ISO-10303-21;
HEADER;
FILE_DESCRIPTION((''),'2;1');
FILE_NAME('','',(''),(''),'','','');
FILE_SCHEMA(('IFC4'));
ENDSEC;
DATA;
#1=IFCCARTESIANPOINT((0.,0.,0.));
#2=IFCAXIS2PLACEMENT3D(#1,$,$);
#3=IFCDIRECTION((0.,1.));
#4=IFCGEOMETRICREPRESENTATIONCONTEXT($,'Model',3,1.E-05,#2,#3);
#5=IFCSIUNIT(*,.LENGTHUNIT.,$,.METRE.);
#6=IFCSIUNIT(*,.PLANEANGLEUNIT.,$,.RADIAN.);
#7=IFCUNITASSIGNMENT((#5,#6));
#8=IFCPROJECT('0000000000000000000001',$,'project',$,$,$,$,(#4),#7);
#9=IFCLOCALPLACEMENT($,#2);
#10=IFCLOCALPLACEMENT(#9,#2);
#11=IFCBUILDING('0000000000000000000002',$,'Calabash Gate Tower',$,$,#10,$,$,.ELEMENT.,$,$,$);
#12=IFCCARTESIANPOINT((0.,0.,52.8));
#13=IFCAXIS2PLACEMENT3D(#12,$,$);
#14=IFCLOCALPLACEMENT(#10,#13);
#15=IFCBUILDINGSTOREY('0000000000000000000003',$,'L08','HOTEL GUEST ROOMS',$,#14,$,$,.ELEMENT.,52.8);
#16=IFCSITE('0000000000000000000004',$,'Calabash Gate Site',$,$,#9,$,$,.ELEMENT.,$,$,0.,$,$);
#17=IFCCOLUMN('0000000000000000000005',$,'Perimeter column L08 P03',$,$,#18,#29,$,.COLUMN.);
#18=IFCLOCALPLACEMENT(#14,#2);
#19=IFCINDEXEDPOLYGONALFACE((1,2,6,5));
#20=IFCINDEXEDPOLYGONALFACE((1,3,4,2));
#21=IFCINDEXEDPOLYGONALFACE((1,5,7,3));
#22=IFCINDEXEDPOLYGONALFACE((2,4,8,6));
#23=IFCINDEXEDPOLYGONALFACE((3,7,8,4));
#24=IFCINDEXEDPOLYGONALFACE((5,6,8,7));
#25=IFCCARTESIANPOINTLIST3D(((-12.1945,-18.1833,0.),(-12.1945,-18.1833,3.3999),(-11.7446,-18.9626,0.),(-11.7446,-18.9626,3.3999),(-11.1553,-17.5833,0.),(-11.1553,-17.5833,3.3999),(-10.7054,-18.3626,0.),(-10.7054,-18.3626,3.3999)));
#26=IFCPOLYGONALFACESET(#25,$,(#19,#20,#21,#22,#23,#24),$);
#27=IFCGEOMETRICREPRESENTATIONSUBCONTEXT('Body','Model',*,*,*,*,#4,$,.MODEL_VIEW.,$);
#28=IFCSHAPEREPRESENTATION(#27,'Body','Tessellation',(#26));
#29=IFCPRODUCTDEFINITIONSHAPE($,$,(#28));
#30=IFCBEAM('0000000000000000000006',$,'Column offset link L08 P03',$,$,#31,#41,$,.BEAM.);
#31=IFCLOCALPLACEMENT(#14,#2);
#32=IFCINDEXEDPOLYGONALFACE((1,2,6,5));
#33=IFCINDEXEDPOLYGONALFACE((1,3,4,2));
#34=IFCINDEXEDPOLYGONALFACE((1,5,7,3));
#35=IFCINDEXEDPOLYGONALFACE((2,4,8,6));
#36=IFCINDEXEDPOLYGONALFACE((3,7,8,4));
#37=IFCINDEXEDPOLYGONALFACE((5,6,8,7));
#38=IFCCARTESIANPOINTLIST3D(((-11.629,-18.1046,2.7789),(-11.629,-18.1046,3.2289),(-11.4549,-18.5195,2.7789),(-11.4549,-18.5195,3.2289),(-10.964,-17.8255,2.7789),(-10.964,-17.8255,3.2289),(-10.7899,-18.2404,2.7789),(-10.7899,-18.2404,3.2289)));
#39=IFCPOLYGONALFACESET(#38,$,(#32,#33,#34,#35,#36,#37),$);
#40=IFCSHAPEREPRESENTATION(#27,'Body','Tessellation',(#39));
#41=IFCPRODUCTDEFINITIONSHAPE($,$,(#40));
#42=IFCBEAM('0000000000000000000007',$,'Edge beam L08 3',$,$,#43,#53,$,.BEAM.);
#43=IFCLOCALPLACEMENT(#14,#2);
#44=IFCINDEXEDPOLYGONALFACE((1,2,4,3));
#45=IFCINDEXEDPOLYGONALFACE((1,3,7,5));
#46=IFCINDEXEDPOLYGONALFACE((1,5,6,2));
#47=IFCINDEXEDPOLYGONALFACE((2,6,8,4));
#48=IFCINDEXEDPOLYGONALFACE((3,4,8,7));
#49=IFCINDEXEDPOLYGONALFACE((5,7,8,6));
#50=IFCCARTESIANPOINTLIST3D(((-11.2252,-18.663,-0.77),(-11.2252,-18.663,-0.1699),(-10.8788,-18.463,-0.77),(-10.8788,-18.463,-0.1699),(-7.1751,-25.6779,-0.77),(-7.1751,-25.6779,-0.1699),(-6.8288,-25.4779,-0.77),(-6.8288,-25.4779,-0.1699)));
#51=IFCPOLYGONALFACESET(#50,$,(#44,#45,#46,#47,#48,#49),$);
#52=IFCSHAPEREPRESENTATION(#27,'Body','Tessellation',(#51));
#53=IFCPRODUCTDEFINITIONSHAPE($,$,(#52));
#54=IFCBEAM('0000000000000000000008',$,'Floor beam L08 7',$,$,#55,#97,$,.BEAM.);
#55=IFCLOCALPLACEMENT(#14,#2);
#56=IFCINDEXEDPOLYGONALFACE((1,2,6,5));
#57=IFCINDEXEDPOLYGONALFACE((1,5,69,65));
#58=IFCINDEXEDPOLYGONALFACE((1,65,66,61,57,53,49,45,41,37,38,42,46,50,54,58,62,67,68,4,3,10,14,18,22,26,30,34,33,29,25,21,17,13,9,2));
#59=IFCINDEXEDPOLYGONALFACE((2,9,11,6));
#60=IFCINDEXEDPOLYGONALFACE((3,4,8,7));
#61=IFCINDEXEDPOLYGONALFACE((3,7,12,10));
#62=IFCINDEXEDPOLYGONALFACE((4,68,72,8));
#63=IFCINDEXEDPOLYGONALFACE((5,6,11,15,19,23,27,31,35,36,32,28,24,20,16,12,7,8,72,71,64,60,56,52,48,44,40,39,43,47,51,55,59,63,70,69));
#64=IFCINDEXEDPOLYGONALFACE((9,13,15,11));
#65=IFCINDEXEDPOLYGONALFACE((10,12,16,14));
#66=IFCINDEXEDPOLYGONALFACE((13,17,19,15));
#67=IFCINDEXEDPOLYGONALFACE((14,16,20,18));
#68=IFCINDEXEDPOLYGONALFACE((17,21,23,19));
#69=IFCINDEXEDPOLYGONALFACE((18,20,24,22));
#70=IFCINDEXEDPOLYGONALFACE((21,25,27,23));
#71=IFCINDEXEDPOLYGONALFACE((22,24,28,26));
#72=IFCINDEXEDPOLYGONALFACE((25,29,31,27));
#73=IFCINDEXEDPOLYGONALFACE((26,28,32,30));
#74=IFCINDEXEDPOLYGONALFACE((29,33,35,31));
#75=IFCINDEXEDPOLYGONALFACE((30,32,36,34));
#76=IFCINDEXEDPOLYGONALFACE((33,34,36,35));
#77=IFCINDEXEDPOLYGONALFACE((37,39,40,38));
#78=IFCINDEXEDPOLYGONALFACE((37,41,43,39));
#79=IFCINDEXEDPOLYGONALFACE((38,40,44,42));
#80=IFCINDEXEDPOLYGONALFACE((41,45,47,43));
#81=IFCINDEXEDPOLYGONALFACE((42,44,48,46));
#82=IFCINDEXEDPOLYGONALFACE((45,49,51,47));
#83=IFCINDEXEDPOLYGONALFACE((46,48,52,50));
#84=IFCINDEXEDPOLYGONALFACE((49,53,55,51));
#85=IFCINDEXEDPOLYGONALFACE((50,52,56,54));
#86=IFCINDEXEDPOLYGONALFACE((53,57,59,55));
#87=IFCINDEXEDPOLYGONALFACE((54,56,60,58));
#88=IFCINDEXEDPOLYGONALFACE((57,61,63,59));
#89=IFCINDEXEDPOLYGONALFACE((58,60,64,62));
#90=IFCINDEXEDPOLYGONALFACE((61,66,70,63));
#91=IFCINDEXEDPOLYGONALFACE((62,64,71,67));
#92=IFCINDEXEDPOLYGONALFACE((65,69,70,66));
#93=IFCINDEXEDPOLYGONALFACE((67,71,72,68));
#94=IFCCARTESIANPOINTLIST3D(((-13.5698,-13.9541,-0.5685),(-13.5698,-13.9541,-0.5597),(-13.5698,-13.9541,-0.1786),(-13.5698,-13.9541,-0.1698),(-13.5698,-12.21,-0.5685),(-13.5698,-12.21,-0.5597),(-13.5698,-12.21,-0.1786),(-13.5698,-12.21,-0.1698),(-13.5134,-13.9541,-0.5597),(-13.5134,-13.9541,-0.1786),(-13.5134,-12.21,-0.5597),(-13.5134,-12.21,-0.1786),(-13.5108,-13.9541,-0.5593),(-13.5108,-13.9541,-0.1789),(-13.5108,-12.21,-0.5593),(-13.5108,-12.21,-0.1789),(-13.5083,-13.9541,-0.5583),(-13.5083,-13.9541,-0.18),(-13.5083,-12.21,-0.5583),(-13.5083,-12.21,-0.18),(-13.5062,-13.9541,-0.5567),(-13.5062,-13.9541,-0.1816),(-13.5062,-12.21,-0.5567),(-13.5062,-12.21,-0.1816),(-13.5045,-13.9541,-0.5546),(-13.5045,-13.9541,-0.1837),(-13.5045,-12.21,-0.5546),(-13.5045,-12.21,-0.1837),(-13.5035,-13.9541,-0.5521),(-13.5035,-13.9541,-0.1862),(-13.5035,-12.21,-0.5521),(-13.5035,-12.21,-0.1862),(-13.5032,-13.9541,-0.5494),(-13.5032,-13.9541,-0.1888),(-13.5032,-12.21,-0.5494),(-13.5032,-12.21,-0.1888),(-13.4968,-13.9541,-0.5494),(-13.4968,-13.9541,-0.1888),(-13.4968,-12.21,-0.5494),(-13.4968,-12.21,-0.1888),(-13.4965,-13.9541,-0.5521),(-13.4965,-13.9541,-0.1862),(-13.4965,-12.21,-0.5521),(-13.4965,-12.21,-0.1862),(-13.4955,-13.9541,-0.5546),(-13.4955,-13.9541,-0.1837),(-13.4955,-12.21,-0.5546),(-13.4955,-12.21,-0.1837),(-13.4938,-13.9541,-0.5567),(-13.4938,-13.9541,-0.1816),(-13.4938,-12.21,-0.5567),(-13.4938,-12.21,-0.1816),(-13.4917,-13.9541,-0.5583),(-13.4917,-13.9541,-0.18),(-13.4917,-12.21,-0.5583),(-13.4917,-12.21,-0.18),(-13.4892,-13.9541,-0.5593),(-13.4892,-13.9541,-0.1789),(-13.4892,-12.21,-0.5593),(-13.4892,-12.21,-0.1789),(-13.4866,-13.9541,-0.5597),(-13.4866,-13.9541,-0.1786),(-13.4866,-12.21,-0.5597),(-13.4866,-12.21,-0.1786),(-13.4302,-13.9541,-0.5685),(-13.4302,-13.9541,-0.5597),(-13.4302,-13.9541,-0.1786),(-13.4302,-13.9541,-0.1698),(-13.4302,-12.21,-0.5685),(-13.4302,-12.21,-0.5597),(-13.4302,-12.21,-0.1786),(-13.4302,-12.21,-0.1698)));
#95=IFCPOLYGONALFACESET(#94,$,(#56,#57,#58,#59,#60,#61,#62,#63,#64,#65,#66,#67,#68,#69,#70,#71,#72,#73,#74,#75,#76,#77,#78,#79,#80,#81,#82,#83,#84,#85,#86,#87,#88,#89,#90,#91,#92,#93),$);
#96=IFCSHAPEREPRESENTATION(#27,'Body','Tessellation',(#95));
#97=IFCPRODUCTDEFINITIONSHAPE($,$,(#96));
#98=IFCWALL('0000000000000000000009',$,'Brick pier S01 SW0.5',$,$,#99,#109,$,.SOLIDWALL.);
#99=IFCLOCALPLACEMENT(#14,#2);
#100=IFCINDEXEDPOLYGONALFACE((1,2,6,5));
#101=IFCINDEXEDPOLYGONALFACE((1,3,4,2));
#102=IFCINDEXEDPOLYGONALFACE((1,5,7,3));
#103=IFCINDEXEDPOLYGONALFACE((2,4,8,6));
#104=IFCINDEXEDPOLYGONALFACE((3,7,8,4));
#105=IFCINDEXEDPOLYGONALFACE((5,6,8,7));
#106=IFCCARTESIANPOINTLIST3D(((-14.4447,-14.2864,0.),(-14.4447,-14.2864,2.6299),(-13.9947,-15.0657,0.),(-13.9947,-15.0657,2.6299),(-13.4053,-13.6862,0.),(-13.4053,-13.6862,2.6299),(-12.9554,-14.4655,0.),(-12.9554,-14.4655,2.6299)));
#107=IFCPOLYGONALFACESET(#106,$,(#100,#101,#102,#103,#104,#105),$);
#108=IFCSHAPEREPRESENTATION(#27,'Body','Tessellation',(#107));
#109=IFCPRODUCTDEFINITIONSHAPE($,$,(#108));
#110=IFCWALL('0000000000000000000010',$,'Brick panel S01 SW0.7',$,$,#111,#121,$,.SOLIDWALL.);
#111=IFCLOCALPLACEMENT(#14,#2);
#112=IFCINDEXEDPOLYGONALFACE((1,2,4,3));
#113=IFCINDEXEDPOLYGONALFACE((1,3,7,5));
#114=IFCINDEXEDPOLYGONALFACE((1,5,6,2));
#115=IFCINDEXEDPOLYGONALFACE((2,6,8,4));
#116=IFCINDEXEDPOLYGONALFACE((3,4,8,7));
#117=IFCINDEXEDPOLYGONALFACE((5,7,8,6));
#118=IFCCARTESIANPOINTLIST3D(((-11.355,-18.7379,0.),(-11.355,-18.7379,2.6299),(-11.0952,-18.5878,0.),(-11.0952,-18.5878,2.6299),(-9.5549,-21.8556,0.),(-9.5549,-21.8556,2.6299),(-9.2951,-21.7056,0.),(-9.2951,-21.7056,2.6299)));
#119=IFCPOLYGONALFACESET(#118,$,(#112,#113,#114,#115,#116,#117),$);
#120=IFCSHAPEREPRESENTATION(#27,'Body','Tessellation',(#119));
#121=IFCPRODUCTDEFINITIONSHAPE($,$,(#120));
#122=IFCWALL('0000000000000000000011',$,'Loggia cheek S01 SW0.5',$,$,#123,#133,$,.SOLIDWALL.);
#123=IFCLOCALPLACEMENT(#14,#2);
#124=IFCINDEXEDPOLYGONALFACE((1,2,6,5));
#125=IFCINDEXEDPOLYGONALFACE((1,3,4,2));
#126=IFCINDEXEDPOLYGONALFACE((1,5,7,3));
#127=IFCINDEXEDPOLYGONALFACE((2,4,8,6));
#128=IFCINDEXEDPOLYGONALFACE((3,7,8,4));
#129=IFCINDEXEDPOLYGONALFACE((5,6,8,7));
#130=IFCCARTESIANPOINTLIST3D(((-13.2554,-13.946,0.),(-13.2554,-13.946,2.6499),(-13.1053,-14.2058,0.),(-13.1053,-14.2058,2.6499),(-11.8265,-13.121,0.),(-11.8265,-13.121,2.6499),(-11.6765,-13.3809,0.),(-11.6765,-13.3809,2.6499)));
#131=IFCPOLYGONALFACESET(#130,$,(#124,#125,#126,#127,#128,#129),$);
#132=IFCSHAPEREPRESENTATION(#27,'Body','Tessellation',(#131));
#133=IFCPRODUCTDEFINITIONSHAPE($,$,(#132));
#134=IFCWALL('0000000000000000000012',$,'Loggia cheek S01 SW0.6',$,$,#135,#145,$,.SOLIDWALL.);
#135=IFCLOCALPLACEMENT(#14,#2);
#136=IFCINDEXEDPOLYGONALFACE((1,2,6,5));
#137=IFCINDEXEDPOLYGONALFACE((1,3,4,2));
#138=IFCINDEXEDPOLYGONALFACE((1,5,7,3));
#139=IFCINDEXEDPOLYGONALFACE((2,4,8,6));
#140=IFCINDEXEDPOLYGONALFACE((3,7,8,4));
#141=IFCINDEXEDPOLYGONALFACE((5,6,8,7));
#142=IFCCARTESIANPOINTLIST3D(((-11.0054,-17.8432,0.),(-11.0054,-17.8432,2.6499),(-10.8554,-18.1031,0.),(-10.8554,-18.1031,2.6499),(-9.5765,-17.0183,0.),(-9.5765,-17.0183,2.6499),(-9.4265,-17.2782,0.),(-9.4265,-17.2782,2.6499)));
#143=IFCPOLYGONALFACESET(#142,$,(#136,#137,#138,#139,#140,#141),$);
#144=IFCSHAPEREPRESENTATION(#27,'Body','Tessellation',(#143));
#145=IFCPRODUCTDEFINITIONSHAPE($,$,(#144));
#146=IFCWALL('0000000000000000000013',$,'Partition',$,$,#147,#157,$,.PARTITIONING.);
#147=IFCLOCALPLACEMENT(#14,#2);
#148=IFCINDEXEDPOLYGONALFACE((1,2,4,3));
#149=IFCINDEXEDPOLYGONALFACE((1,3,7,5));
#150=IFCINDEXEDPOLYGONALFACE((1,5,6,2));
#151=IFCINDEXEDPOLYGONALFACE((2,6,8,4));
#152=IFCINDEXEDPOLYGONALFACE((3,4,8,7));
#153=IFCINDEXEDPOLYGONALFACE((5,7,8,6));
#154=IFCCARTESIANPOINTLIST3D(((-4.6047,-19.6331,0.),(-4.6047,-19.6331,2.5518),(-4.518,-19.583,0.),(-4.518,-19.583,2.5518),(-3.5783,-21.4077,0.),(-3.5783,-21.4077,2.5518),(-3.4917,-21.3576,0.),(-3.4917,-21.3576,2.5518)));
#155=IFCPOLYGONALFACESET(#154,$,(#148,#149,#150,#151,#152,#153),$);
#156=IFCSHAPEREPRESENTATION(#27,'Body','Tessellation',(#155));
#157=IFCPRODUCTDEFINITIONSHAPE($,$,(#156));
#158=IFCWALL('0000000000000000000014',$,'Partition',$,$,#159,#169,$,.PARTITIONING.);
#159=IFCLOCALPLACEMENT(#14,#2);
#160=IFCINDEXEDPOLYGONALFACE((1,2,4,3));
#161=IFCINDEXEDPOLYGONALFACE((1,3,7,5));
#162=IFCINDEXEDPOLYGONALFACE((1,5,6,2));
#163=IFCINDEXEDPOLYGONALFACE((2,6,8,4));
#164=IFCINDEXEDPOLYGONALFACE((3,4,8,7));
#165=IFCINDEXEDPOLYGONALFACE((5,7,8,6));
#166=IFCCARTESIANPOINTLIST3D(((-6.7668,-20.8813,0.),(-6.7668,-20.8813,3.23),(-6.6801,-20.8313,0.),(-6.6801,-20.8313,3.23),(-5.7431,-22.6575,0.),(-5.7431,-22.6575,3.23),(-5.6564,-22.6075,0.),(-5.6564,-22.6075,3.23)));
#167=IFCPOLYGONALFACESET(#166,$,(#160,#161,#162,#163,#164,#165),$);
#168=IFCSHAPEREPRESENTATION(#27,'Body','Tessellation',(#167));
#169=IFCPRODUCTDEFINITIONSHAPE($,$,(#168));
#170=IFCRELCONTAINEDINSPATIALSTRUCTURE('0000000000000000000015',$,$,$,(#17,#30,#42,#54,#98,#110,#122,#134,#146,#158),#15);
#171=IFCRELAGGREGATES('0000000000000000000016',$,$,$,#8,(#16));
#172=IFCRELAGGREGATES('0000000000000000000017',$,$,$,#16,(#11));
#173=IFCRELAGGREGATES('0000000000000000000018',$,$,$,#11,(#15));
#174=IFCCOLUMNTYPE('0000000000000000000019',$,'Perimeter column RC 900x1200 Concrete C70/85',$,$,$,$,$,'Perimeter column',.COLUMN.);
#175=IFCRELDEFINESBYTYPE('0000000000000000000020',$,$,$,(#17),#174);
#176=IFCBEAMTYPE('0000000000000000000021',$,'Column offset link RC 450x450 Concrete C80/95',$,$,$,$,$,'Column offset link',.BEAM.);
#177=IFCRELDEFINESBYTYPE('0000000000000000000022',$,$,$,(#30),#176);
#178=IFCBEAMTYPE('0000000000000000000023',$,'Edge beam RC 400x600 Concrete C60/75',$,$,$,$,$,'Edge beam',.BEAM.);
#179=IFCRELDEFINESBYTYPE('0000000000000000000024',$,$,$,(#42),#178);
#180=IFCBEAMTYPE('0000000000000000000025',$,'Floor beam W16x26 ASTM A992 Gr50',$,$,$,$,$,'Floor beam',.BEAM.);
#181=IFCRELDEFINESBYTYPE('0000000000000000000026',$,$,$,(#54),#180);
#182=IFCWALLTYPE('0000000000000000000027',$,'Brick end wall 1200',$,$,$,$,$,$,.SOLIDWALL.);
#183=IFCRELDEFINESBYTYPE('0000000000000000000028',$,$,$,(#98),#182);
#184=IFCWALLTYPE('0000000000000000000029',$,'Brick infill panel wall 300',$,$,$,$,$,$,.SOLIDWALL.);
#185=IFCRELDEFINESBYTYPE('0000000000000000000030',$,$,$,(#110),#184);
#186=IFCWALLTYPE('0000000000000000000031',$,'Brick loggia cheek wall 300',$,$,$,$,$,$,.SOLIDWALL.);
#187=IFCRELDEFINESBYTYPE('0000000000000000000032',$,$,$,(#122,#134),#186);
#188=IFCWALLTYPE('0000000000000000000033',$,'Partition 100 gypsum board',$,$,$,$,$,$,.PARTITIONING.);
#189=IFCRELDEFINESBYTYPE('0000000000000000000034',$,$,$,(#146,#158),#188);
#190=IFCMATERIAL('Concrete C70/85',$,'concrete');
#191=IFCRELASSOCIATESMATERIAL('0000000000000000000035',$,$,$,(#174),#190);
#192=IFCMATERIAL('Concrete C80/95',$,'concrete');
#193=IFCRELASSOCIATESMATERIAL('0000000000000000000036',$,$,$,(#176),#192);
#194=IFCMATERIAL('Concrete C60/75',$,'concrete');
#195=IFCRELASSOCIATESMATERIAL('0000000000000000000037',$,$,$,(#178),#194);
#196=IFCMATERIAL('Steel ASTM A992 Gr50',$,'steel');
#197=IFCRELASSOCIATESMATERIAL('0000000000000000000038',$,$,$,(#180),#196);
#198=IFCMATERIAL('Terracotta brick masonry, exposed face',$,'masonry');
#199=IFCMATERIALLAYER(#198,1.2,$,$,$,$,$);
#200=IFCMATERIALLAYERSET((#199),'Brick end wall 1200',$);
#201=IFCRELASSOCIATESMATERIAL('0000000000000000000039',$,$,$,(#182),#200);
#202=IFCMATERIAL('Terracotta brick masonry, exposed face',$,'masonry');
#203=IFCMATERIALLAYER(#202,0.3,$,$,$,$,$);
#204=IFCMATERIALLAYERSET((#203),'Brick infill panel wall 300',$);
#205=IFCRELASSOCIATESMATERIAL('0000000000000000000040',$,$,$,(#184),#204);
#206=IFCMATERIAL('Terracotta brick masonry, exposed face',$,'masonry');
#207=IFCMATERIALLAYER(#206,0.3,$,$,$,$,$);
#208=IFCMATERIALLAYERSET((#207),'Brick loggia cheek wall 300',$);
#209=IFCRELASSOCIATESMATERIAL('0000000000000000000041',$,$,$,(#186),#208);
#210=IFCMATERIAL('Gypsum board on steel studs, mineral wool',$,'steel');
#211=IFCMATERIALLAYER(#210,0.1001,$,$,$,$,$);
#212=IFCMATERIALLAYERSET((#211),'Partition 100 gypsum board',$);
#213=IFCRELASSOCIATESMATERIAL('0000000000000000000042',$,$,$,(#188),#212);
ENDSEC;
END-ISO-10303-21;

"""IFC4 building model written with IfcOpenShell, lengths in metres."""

from ifc_helpers import new_model, si_unit, direction, frame, frame_2d, origin, origin_2d, place, context, subcontext, project, spatial, rectangle, i_section, extrude, material, layer, layer_set, material_profile, profile_set, type_object, element, save


model = new_model("IFC4")

# Units and contexts
model_context = context("Model", 3, precision=1e-05, world=origin(), true_north=direction((0.0, 1.0)))
body_context = subcontext(model_context, "Body", "Model", "MODEL_VIEW")
ifc_project = project(units=[si_unit("LENGTHUNIT", "METRE"), si_unit("PLANEANGLEUNIT", "RADIAN")], contexts=[model_context])

# Site, building, storey
site_placement = place(None, origin())
site = spatial("IfcSite", under=ifc_project, at=site_placement, Name="Calabash Gate Site", CompositionType="ELEMENT", RefElevation=0.0)
building_placement = place(site_placement, origin())
building = spatial("IfcBuilding", under=site, at=building_placement, Name="Calabash Gate Tower", CompositionType="ELEMENT")
storey_placement = place(building_placement, frame((0.0, 0.0, 52.8)))
storey = spatial("IfcBuildingStorey", under=building, at=storey_placement, Name="L08", Description="HOTEL GUEST ROOMS", CompositionType="ELEMENT", Elevation=52.8)

# Column
ifc_material_1 = material(Name="Concrete C70/85", Category="concrete")
ifc_material_profile_1 = material_profile(ifc_material_1, rectangle(XDim=0.8999, YDim=1.2, at=origin_2d()))
ifc_profile_set_1 = profile_set([ifc_material_profile_1], Name="Concrete C70/85")
column_type = type_object("IfcColumnType", Name="Perimeter column RC 900x1200 Concrete C70/85", ElementType="Perimeter column", PredefinedType="COLUMN", material=ifc_profile_set_1)
column_placement = place(storey_placement, frame((-11.45, -18.2729, 0.0), z_axis=(0.0, 0.0, 1.0), x_axis=(0.5, -0.866025, 0.0)))
element("IfcColumn", 1, at=column_placement, inside=storey, type_object=column_type, Name="Perimeter column L08 P03", PredefinedType="COLUMN", context=body_context, shape_type="SweptSolid", body=[
    extrude(rectangle(XDim=0.8999, YDim=1.2, at=origin_2d()), origin(), (0.0, 0.0, 1.0), 3.3999),
])

# Beams
ifc_material_2 = material(Name="Concrete C80/95", Category="concrete")
ifc_material_profile_2 = material_profile(ifc_material_2, rectangle(XDim=0.45, YDim=0.45, at=origin_2d()))
ifc_profile_set_2 = profile_set([ifc_material_profile_2], Name="Concrete C80/95")
beam_type_1 = type_object("IfcBeamType", Name="Column offset link RC 450x450 Concrete C80/95", ElementType="Column offset link", PredefinedType="BEAM", material=ifc_profile_set_2)
beam_1_placement = place(storey_placement, frame((-11.542, -18.312, 3.0039), z_axis=(0.922113, 0.386922, 0.0), x_axis=(-0.386922, 0.922113, 0.0)))
element("IfcBeam", 2, at=beam_1_placement, inside=storey, type_object=beam_type_1, Name="Column offset link L08 P03", PredefinedType="BEAM", context=body_context, shape_type="SweptSolid", body=[
    extrude(rectangle(XDim=0.45, YDim=0.45, at=origin_2d()), origin(), (0.0, 0.0, 1.0), 0.7212),
])
ifc_material_3 = material(Name="Concrete C60/75", Category="concrete")
ifc_material_profile_3 = material_profile(ifc_material_3, rectangle(XDim=0.3999, YDim=0.6001, at=origin_2d()))
ifc_profile_set_3 = profile_set([ifc_material_profile_3], Name="Concrete C60/75")
beam_type_2 = type_object("IfcBeamType", Name="Edge beam RC 400x600 Concrete C60/75", ElementType="Edge beam", PredefinedType="BEAM", material=ifc_profile_set_3)
beam_2_placement = place(storey_placement, frame((-11.052, -18.563, -0.47), z_axis=(0.5, -0.866025, 0.0), x_axis=(0.866025, 0.5, 0.0)))
element("IfcBeam", 3, at=beam_2_placement, inside=storey, type_object=beam_type_2, Name="Edge beam L08 3", PredefinedType="BEAM", context=body_context, shape_type="SweptSolid", body=[
    extrude(rectangle(XDim=0.3999, YDim=0.6001, at=origin_2d()), origin(), (0.0, 0.0, 1.0), 8.1001),
])
ifc_material_4 = material(Name="Steel ASTM A992 Gr50", Category="steel")
ifc_material_profile_4 = material_profile(ifc_material_4, i_section(OverallWidth=0.1396, OverallDepth=0.3987, WebThickness=0.0063, FlangeThickness=0.0088, FilletRadius=0.0103, at=origin_2d()))
ifc_profile_set_4 = profile_set([ifc_material_profile_4], Name="Steel ASTM A992 Gr50")
beam_type_3 = type_object("IfcBeamType", Name="Floor beam W16x26 ASTM A992 Gr50", ElementType="Floor beam", PredefinedType="BEAM", material=ifc_profile_set_4)
beam_3_placement = place(storey_placement, frame((-13.5, -13.9541, -0.3691), z_axis=(0.0, 1.0, 0.0), x_axis=(-1.0, 0.0, 0.0)))
element("IfcBeam", 4, at=beam_3_placement, inside=storey, type_object=beam_type_3, Name="Floor beam L08 7", PredefinedType="BEAM", context=body_context, shape_type="SweptSolid", body=[
    extrude(i_section(OverallWidth=0.1396, OverallDepth=0.3987, WebThickness=0.0063, FlangeThickness=0.0088, FilletRadius=0.0103, at=origin_2d()), origin(), (0.0, 0.0, 1.0), 1.7441),
])

# Walls
ifc_material_5 = material(Name="Terracotta brick masonry, exposed face", Category="masonry")
ifc_layer_1 = layer(ifc_material_5, 1.2)
ifc_layer_set_1 = layer_set([ifc_layer_1], Name="Brick end wall 1200")
wall_type_1 = type_object("IfcWallType", Name="Brick end wall 1200", PredefinedType="SOLIDWALL", material=ifc_layer_set_1)
wall_1_placement = place(storey_placement, frame((-14.2197, -14.676, 0.0), z_axis=(0.0, 0.0, 1.0), x_axis=(0.866006, 0.500034, 0.0)))
element("IfcWall", 5, at=wall_1_placement, inside=storey, type_object=wall_type_1, Name="Brick pier S01 SW0.5", PredefinedType="SOLIDWALL", context=body_context, shape_type="SweptSolid", body=[
    extrude(rectangle(XDim=1.2002, YDim=0.8999, at=frame_2d((0.6001, 0.0))), origin(), (0.0, 0.0, 1.0), 2.6299),
])
ifc_material_6 = material(Name="Terracotta brick masonry, exposed face", Category="masonry")
ifc_layer_2 = layer(ifc_material_6, 0.3)
ifc_layer_set_2 = layer_set([ifc_layer_2], Name="Brick infill panel wall 300")
wall_type_2 = type_object("IfcWallType", Name="Brick infill panel wall 300", PredefinedType="SOLIDWALL", material=ifc_layer_set_2)
wall_2_placement = place(storey_placement, frame((-11.2251, -18.6628, 0.0), z_axis=(0.0, 0.0, 1.0), x_axis=(0.500012, -0.866018, 0.0)))
element("IfcWall", 6, at=wall_2_placement, inside=storey, type_object=wall_type_2, Name="Brick panel S01 SW0.7", PredefinedType="SOLIDWALL", context=body_context, shape_type="SweptSolid", body=[
    extrude(rectangle(XDim=3.6001, YDim=0.3, at=frame_2d((1.8, 0.0))), origin(), (0.0, 0.0, 1.0), 2.6299),
])
ifc_material_7 = material(Name="Terracotta brick masonry, exposed face", Category="masonry")
ifc_layer_3 = layer(ifc_material_7, 0.3)
ifc_layer_set_3 = layer_set([ifc_layer_3], Name="Brick loggia cheek wall 300")
wall_type_3 = type_object("IfcWallType", Name="Brick loggia cheek wall 300", PredefinedType="SOLIDWALL", material=ifc_layer_set_3)
for number, where, z_axis, x_axis, name in (
    (7, (-11.7515, -13.251, 0.0), (0.0, 0.0, 1.0), (-0.86604, -0.499974, 0.0), "Loggia cheek S01 SW0.5"),
    (8, (-10.9304, -17.9731, 0.0), (0.0, 0.0, 1.0), (0.86604, 0.499974, 0.0), "Loggia cheek S01 SW0.6"),
):
    element("IfcWall", number, at=place(storey_placement, frame(where, z_axis=z_axis, x_axis=x_axis)), inside=storey, type_object=wall_type_3, Name=name, PredefinedType="SOLIDWALL", context=body_context, shape_type="SweptSolid", body=[
        extrude(rectangle(XDim=1.6499, YDim=0.3, at=frame_2d((0.825, 0.0))), origin(), (0.0, 0.0, 1.0), 2.6499),
    ])
ifc_material_8 = material(Name="Gypsum board on steel studs, mineral wool", Category="steel")
ifc_layer_4 = layer(ifc_material_8, 0.1001)
ifc_layer_set_4 = layer_set([ifc_layer_4], Name="Partition 100 gypsum board")
wall_type_4 = type_object("IfcWallType", Name="Partition 100 gypsum board", PredefinedType="PARTITIONING", material=ifc_layer_set_4)
wall_3_placement = place(storey_placement, frame((-4.5613, -19.6082, 0.0), z_axis=(0.0, 0.0, 1.0), x_axis=(0.500647, -0.865652, 0.0)))
element("IfcWall", 9, at=wall_3_placement, inside=storey, type_object=wall_type_4, Name="Partition", PredefinedType="PARTITIONING", context=body_context, shape_type="SweptSolid", body=[
    extrude(rectangle(XDim=2.05, YDim=0.1001, at=frame_2d((1.0249, 0.0))), origin(), (0.0, 0.0, 1.0), 2.5518),
])
wall_4_placement = place(storey_placement, frame((-6.7234, -20.8564, 0.0), z_axis=(0.0, 0.0, 1.0), x_axis=(0.499355, -0.866398, 0.0)))
element("IfcWall", 10, at=wall_4_placement, inside=storey, type_object=wall_type_4, Name="Partition", PredefinedType="PARTITIONING", context=body_context, shape_type="SweptSolid", body=[
    extrude(rectangle(XDim=2.05, YDim=0.1001, at=frame_2d((1.0249, 0.0))), origin(), (0.0, 0.0, 1.0), 3.23),
])

save(model, "model.ifc")
